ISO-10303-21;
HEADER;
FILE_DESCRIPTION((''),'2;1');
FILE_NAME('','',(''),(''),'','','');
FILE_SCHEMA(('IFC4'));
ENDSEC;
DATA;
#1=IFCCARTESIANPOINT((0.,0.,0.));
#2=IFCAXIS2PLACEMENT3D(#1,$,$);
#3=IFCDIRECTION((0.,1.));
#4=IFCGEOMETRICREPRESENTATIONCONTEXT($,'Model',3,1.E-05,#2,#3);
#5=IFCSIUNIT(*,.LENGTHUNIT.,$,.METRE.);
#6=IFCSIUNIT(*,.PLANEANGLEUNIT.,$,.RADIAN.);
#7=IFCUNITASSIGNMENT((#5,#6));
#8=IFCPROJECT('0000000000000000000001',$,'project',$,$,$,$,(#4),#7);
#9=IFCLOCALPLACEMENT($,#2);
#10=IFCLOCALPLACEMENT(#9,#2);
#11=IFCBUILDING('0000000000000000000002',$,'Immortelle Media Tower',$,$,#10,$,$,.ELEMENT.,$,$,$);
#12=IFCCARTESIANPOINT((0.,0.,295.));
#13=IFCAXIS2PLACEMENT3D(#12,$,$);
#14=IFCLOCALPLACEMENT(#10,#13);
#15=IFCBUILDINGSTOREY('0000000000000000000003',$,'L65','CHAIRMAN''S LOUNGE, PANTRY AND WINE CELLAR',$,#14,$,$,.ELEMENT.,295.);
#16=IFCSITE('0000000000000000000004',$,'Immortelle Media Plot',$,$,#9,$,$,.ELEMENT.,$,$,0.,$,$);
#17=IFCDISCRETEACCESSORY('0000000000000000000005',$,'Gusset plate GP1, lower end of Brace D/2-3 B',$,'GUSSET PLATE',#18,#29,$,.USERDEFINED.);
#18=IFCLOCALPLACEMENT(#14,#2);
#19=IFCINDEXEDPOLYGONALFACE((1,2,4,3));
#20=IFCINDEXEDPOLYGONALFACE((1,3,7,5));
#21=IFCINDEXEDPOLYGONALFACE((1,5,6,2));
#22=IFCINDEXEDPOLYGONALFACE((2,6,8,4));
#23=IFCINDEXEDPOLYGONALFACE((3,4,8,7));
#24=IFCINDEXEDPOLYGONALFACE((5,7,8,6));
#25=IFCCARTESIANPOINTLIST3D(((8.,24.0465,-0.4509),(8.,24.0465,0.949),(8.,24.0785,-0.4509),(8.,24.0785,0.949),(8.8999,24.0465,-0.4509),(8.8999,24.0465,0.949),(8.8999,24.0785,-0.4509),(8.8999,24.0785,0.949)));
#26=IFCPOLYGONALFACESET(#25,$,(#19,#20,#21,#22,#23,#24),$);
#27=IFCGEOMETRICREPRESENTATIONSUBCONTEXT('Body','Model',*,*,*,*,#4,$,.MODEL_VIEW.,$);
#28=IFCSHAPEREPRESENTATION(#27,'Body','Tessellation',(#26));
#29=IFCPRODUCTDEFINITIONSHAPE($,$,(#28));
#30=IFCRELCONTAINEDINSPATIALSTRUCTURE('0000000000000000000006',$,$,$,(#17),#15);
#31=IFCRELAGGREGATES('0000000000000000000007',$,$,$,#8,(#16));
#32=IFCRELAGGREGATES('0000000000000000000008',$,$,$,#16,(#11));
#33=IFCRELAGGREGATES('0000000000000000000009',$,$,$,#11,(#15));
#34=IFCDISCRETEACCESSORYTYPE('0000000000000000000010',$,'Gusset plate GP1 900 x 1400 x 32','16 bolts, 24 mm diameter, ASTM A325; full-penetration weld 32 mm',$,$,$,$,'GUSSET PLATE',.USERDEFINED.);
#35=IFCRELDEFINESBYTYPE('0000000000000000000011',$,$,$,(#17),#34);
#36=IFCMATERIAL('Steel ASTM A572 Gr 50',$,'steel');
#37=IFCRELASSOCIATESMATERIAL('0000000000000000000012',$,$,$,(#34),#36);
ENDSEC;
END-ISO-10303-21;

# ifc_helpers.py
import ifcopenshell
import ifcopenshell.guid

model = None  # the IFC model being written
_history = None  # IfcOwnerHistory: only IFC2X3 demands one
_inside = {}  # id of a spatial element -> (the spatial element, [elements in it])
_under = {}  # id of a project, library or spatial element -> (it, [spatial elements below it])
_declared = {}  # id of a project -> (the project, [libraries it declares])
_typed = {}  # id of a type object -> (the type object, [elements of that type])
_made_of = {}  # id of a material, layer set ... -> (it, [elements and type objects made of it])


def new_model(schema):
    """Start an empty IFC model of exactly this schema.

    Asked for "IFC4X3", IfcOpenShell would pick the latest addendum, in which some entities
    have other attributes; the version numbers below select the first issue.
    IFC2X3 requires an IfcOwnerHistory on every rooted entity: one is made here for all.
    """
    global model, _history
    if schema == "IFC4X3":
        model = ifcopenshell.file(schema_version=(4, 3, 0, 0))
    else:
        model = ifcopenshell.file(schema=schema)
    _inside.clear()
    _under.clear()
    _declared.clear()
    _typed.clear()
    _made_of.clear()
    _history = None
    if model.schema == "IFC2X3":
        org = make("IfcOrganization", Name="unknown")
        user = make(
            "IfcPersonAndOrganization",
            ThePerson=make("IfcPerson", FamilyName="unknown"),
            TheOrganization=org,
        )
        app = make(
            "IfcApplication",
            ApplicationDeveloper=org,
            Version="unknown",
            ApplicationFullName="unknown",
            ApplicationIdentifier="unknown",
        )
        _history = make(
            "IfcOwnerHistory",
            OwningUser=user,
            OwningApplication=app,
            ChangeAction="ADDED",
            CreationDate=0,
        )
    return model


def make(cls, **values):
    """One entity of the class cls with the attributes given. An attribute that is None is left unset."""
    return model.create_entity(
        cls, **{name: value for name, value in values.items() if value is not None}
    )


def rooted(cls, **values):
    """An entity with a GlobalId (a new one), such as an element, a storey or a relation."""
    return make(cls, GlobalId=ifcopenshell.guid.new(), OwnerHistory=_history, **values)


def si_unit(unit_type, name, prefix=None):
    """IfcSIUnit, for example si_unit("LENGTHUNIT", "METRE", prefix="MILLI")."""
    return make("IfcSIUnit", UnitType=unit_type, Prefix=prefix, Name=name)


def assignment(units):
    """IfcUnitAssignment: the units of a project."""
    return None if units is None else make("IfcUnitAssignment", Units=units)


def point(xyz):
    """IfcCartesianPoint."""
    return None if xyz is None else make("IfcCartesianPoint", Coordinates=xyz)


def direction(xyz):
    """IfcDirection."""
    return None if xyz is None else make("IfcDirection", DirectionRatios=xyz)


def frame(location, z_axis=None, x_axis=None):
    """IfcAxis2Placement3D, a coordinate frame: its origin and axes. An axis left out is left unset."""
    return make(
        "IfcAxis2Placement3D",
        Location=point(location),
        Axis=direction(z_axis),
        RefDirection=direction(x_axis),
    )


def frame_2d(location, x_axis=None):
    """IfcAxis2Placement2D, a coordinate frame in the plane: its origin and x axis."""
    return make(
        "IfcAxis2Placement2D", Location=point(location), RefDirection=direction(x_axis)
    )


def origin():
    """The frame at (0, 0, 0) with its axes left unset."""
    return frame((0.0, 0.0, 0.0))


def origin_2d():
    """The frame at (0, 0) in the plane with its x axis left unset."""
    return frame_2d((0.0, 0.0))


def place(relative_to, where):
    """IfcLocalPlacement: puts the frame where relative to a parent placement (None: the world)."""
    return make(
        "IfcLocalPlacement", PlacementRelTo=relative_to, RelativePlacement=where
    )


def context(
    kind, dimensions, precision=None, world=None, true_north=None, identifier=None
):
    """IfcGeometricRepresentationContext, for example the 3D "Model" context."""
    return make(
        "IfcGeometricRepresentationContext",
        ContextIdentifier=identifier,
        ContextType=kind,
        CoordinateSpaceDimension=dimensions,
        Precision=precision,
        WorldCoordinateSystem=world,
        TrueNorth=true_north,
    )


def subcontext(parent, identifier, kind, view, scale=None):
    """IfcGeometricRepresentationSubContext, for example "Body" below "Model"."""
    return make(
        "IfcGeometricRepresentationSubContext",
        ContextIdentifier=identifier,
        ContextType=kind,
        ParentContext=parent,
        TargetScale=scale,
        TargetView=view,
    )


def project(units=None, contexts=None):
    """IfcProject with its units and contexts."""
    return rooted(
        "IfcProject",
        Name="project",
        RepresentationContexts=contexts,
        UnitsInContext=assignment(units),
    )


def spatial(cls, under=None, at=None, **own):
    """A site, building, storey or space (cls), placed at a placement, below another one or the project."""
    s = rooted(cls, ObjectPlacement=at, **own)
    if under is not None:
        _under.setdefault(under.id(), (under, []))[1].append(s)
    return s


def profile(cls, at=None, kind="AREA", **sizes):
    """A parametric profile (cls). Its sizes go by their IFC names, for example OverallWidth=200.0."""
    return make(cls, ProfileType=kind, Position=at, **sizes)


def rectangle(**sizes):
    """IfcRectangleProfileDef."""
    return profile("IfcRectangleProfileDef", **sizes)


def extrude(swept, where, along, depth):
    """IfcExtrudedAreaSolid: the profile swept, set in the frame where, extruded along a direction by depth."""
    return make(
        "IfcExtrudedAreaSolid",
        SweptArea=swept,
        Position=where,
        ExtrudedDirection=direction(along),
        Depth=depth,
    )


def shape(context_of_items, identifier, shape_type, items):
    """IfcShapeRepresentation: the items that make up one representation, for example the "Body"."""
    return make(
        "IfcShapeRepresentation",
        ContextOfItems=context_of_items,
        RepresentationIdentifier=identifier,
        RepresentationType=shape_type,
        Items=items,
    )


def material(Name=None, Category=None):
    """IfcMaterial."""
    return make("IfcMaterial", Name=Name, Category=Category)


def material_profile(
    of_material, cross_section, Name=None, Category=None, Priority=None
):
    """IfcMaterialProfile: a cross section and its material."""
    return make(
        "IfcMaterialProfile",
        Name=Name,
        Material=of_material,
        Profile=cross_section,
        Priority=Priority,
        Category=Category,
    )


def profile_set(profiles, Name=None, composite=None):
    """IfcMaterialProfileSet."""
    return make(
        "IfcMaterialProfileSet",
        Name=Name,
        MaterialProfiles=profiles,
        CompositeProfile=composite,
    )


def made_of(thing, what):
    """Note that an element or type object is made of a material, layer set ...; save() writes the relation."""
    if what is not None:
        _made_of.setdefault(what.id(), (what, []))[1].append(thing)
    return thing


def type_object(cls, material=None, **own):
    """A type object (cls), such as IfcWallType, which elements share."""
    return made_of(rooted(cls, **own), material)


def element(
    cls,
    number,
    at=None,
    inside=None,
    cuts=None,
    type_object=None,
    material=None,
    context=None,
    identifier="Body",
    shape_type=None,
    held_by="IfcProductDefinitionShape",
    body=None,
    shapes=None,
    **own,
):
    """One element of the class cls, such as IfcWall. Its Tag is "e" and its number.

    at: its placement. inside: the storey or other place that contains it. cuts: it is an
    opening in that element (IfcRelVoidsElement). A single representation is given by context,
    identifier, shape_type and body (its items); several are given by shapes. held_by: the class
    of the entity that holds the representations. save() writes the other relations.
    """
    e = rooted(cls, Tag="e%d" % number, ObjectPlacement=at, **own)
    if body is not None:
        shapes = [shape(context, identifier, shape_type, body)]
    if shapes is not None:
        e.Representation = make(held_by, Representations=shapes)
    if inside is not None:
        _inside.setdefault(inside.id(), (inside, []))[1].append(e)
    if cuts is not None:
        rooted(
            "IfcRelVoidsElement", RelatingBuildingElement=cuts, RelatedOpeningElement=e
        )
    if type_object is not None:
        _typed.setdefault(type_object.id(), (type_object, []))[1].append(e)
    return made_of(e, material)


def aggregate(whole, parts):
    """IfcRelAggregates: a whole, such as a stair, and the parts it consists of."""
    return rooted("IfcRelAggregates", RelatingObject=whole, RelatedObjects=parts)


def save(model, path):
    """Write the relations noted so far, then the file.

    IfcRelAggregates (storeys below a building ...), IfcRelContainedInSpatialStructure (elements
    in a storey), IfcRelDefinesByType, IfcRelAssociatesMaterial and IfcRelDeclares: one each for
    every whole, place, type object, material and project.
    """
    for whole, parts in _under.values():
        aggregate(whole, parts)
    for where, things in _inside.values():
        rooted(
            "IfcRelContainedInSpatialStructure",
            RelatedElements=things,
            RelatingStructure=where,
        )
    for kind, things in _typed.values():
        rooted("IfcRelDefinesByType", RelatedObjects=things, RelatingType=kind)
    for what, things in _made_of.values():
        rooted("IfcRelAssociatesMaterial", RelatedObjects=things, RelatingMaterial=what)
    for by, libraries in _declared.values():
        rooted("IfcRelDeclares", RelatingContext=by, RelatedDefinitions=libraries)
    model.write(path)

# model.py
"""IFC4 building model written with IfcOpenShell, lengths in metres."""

from ifc_helpers import new_model, si_unit, direction, frame, origin, origin_2d, place, context, subcontext, project, spatial, rectangle, extrude, material, material_profile, profile_set, type_object, element, save


model = new_model("IFC4")

# Units and contexts
model_context = context("Model", 3, precision=1e-05, world=origin(), true_north=direction((0.0, 1.0)))
body_context = subcontext(model_context, "Body", "Model", "MODEL_VIEW")
ifc_project = project(units=[si_unit("LENGTHUNIT", "METRE"), si_unit("PLANEANGLEUNIT", "RADIAN")], contexts=[model_context])

# Site, building, storey
site_placement = place(None, origin())
site = spatial("IfcSite", under=ifc_project, at=site_placement, Name="Immortelle Media Plot", CompositionType="ELEMENT", RefElevation=0.0)
building_placement = place(site_placement, origin())
building = spatial("IfcBuilding", under=site, at=building_placement, Name="Immortelle Media Tower", CompositionType="ELEMENT")
storey_placement = place(building_placement, frame((0.0, 0.0, 295.0)))
storey = spatial("IfcBuildingStorey", under=building, at=storey_placement, Name="L65", Description="CHAIRMAN'S LOUNGE, PANTRY AND WINE CELLAR", CompositionType="ELEMENT", Elevation=295.0)

# Discrete accessory
ifc_material_1 = material(Name="Steel ASTM A572 Gr 50", Category="steel")
ifc_material_profile_1 = material_profile(ifc_material_1, rectangle(XDim=0.032, YDim=1.3999, at=origin_2d()), Name="PL 32 x 1400")
ifc_profile_set_1 = profile_set([ifc_material_profile_1], Name="Steel ASTM A572 Gr 50")
discrete_accessory_type = type_object("IfcDiscreteAccessoryType", Name="Gusset plate GP1 900 x 1400 x 32", Description="16 bolts, 24 mm diameter, ASTM A325; full-penetration weld 32 mm", ElementType="GUSSET PLATE", PredefinedType="USERDEFINED", material=ifc_profile_set_1)
for number, where, z_axis, x_axis, name in (
    (1, (8.0, 24.0625, 0.249), (1.0, 0.0, 0.0), (0.0, 1.0, 0.0), "Gusset plate GP1, lower end of Brace D/2-3 B"),
):
    element("IfcDiscreteAccessory", number, at=place(storey_placement, frame(where, z_axis=z_axis, x_axis=x_axis)), inside=storey, type_object=discrete_accessory_type, Name=name, ObjectType="GUSSET PLATE", PredefinedType="USERDEFINED", context=body_context, shape_type="SweptSolid", body=[
        extrude(rectangle(XDim=0.032, YDim=1.3999, at=origin_2d()), origin(), (0.0, 0.0, 1.0), 0.8999),
    ])

save(model, "model.ifc")
